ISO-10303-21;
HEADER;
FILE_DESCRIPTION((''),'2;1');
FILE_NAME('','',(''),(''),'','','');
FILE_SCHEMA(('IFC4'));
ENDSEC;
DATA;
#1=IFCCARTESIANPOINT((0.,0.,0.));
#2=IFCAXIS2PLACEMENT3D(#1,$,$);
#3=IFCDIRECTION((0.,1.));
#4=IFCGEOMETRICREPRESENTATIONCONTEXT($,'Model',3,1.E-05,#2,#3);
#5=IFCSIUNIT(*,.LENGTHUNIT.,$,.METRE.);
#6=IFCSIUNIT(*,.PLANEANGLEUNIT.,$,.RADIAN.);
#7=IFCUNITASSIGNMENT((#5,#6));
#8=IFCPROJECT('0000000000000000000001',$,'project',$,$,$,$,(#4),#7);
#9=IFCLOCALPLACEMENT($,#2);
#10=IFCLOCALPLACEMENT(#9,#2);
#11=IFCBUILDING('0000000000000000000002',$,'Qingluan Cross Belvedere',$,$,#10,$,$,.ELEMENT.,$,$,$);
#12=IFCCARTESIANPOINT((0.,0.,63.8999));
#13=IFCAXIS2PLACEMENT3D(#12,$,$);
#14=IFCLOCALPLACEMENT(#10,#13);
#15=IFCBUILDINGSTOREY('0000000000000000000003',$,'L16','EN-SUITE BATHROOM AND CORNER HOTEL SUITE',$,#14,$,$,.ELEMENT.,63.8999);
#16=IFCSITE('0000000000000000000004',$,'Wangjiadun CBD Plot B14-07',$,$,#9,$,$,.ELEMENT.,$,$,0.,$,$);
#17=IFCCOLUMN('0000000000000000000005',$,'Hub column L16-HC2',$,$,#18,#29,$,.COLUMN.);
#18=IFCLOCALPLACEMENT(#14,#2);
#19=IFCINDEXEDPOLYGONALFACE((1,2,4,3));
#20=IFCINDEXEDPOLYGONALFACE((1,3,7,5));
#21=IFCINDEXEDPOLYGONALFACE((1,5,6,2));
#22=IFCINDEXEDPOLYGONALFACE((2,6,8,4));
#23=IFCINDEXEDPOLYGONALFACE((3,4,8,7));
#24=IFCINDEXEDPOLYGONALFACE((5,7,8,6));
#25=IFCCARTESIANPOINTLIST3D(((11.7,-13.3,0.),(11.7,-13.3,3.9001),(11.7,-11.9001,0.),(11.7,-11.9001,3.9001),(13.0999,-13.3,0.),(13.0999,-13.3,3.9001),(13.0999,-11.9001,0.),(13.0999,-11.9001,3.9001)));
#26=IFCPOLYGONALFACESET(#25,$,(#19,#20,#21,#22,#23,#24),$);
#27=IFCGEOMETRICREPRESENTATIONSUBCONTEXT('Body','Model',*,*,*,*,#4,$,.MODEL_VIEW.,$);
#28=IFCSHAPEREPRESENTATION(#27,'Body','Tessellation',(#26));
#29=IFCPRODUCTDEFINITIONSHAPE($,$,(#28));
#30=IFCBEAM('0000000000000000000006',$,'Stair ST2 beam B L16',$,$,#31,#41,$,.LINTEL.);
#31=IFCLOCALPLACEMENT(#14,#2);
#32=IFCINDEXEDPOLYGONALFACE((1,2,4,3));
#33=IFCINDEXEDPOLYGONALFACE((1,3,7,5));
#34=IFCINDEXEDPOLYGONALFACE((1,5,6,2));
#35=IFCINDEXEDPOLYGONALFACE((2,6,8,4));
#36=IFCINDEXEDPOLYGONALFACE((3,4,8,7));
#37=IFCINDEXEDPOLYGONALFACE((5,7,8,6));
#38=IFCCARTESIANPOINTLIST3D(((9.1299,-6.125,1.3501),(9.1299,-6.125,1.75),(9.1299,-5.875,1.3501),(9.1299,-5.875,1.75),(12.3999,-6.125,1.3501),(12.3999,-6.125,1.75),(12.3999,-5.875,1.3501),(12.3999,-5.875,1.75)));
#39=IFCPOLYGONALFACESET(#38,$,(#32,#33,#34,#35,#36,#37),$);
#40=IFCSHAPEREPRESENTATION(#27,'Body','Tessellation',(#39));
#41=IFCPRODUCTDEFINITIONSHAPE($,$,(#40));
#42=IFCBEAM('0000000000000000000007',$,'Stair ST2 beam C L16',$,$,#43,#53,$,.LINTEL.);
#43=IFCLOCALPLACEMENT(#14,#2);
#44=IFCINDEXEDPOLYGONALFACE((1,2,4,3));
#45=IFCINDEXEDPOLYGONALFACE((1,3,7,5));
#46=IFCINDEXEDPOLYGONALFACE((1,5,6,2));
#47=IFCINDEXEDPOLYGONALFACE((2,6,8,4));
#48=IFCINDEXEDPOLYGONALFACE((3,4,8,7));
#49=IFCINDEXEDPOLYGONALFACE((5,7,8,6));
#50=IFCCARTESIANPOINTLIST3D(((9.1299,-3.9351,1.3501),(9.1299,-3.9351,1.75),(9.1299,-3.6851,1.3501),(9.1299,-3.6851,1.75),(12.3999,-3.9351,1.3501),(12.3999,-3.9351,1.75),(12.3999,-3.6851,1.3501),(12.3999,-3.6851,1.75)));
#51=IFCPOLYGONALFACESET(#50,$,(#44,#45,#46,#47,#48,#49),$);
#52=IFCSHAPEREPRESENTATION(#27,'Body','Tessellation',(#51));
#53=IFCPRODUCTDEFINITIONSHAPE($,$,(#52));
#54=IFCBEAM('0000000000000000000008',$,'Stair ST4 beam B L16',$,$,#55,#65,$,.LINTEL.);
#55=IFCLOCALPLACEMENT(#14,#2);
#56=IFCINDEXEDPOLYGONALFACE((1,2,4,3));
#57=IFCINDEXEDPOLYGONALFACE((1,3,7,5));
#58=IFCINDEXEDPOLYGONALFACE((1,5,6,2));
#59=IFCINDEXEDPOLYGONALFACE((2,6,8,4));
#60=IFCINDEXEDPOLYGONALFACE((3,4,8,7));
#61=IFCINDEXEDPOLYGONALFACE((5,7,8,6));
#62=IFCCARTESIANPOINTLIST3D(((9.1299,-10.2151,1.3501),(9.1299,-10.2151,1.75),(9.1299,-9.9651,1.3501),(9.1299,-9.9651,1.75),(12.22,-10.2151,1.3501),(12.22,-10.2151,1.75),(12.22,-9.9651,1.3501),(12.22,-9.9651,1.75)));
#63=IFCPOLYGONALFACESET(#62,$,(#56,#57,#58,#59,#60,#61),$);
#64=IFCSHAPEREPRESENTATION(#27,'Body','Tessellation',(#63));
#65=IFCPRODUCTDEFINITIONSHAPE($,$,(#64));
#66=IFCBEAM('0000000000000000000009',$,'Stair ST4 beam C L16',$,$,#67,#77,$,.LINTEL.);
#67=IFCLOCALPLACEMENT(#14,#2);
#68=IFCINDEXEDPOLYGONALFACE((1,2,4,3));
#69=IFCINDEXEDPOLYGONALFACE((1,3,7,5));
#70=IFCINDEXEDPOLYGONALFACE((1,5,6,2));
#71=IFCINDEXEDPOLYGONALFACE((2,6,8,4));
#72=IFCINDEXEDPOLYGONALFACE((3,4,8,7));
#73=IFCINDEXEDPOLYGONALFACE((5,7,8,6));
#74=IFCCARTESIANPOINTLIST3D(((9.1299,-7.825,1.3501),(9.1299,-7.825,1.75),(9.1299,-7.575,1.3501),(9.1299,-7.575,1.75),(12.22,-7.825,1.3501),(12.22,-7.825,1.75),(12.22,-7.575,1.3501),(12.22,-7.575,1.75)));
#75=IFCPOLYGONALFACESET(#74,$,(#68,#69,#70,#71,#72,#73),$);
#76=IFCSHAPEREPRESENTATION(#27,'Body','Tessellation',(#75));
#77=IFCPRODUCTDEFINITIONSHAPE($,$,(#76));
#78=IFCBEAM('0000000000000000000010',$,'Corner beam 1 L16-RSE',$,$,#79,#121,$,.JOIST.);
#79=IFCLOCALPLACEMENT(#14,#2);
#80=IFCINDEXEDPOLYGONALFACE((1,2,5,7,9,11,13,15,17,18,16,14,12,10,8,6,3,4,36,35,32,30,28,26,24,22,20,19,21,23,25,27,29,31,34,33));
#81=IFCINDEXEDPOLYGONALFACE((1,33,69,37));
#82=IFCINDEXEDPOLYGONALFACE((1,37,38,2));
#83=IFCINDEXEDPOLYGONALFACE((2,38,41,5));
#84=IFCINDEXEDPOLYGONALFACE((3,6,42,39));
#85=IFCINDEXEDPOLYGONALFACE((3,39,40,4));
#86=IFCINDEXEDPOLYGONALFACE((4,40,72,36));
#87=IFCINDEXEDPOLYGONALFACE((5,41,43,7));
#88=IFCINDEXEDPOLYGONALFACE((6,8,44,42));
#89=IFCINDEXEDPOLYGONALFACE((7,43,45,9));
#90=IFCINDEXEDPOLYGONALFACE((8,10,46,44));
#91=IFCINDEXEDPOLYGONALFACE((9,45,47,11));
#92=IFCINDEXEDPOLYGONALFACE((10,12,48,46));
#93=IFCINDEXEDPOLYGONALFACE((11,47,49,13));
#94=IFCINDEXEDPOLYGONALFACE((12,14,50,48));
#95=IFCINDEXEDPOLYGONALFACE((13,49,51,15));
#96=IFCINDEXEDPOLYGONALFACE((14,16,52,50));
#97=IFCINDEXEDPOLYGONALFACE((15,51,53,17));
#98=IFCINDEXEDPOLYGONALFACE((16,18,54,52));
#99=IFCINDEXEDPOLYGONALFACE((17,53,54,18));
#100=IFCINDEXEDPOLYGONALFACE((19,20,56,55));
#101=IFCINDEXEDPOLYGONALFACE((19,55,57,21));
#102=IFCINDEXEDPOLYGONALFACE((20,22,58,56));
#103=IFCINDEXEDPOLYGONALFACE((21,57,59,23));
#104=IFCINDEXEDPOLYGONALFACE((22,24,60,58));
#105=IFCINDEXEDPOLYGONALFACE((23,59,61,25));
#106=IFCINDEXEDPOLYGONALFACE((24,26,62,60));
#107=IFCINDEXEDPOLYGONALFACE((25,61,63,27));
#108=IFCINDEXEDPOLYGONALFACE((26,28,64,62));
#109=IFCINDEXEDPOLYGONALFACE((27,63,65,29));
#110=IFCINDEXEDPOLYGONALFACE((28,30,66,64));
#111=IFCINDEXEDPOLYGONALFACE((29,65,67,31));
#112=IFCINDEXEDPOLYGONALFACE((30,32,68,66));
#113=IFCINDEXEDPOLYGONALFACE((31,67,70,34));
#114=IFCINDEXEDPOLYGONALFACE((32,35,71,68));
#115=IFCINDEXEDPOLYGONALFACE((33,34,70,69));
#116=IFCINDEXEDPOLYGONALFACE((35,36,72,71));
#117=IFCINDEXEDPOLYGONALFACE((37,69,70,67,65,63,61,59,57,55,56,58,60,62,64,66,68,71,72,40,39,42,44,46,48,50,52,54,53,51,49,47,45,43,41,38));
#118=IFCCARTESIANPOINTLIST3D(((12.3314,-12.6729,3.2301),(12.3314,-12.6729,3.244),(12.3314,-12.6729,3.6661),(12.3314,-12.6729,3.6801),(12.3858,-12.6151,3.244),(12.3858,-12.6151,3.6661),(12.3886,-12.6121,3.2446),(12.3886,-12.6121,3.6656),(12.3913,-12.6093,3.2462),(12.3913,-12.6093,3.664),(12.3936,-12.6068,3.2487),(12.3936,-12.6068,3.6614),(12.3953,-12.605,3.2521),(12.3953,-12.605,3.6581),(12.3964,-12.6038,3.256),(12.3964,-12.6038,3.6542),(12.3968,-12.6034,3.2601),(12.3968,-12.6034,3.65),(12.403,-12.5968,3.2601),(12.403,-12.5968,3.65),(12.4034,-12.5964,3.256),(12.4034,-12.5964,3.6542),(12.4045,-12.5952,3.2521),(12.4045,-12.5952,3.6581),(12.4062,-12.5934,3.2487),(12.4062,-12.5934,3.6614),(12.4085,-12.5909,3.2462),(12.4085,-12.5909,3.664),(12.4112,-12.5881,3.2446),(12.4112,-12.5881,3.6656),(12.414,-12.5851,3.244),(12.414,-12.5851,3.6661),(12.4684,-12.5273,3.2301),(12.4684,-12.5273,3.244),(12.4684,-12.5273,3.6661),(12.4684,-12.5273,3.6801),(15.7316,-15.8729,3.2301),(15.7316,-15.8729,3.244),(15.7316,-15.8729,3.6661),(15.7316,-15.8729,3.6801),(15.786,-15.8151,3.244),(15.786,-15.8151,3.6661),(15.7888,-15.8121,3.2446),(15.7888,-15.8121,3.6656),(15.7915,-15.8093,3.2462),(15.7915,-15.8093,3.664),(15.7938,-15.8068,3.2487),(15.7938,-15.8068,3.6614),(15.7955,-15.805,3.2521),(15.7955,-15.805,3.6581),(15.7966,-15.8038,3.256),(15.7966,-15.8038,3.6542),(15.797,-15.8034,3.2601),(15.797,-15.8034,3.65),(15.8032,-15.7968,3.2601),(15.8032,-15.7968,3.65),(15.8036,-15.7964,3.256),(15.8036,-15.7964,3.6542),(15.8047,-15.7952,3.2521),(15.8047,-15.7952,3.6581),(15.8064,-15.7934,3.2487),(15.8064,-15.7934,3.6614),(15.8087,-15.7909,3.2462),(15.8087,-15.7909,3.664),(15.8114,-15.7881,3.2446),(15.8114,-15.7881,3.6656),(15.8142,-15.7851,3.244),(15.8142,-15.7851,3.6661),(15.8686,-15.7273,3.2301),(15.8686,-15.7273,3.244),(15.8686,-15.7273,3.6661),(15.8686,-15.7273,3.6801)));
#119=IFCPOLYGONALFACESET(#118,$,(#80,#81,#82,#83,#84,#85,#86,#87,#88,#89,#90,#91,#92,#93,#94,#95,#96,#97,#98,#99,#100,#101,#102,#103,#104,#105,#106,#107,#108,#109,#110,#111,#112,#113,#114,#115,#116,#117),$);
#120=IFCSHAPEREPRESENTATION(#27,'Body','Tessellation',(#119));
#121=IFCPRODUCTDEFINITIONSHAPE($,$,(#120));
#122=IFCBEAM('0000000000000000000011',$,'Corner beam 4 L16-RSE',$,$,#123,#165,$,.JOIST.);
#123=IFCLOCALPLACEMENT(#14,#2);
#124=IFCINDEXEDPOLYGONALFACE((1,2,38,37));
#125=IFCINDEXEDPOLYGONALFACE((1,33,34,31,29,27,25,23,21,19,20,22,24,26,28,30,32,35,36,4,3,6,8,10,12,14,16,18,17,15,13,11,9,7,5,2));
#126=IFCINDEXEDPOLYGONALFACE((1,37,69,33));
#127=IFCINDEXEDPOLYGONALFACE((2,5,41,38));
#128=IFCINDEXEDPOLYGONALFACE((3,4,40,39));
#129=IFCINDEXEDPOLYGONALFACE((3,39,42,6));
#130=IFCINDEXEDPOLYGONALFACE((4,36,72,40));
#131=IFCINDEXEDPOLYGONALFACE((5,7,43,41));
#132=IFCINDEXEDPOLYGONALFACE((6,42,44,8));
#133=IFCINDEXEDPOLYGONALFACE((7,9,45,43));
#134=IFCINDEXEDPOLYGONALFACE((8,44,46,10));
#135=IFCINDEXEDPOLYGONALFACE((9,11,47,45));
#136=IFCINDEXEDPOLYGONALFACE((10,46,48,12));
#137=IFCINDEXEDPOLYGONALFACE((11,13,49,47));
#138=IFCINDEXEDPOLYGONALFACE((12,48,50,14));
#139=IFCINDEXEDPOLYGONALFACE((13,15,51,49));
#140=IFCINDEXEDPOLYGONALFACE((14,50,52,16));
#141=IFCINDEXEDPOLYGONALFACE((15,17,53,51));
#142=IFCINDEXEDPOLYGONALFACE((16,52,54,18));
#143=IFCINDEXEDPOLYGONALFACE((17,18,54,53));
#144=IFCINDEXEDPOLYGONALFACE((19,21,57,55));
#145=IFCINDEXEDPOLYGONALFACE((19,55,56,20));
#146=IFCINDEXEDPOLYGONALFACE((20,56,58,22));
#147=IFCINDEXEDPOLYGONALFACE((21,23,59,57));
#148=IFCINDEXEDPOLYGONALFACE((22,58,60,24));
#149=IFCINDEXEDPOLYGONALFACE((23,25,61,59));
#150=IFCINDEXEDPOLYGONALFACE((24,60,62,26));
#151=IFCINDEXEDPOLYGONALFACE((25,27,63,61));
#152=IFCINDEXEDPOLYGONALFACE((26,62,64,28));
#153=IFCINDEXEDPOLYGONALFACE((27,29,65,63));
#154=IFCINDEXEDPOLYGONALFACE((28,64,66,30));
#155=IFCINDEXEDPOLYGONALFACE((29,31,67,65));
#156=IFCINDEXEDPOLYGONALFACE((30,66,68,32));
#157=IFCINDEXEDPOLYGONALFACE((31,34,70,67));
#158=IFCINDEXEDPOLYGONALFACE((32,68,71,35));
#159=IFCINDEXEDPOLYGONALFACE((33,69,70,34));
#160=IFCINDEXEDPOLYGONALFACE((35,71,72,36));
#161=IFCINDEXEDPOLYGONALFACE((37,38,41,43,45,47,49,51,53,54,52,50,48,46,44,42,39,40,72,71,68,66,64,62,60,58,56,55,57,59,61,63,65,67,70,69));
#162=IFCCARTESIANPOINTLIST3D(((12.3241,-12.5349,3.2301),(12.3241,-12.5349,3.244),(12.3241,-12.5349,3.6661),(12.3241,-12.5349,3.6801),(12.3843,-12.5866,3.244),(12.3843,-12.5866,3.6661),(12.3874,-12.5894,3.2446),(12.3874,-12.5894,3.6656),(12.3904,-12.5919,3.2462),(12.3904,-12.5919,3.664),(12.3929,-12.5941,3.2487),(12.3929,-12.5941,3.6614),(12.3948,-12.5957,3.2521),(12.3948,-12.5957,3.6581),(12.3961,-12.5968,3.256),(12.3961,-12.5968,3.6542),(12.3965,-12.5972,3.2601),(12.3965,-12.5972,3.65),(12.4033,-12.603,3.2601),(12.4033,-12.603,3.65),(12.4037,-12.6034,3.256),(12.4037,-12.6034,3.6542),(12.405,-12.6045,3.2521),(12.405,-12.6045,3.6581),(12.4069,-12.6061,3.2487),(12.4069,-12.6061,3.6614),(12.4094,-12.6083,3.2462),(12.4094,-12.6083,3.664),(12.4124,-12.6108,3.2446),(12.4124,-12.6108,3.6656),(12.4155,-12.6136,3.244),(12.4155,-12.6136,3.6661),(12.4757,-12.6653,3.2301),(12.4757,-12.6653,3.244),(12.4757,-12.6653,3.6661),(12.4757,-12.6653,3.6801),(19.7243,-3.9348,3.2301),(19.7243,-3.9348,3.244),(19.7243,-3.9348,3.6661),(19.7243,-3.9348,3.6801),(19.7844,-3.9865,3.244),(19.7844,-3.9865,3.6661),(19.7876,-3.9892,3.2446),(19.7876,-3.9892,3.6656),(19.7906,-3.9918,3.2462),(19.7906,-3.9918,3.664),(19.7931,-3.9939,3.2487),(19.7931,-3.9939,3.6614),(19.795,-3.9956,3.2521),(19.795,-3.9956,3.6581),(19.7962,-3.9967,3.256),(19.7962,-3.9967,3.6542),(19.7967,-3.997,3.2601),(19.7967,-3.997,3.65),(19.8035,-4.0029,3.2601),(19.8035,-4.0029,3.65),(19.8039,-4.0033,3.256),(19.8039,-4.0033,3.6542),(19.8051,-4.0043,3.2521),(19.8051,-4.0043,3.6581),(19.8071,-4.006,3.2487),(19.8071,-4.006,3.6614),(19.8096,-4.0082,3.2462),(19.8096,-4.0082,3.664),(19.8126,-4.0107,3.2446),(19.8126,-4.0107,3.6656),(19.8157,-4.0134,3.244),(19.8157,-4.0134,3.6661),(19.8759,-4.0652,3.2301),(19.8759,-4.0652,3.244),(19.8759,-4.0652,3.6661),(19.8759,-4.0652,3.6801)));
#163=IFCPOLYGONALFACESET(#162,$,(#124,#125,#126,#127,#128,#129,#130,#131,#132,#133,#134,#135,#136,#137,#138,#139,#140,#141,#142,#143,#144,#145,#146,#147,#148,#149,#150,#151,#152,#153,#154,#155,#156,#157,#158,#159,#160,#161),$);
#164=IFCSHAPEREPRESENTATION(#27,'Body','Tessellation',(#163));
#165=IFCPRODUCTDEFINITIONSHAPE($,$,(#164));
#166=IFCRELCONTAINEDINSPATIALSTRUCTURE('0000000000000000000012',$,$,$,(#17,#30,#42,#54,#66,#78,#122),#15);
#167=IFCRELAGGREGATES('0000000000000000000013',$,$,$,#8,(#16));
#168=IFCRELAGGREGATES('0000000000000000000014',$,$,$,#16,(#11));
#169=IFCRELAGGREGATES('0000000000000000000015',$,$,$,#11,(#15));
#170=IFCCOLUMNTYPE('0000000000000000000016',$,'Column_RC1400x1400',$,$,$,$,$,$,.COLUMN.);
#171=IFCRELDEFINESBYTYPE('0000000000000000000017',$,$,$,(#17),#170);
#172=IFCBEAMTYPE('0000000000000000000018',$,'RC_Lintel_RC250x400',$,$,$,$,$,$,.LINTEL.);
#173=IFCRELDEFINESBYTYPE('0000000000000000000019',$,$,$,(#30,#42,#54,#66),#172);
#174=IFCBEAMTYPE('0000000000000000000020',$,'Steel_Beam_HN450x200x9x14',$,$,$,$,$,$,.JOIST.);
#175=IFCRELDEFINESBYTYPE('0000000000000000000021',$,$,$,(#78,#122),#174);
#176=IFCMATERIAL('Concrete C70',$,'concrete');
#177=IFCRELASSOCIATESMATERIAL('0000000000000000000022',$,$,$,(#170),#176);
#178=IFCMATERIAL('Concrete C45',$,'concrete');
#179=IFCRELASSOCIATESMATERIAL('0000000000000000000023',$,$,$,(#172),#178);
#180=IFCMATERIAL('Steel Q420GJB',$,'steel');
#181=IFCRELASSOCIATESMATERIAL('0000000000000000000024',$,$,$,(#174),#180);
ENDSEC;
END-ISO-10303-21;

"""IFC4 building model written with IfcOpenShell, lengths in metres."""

from ifc_helpers import new_model, si_unit, direction, frame, origin, origin_2d, place, context, subcontext, project, spatial, rectangle, i_section, extrude, material, material_profile, profile_set, type_object, element, save


model = new_model("IFC4")

# Units and contexts
model_context = context("Model", 3, precision=1e-05, world=origin(), true_north=direction((0.0, 1.0)))
body_context = subcontext(model_context, "Body", "Model", "MODEL_VIEW")
ifc_project = project(units=[si_unit("LENGTHUNIT", "METRE"), si_unit("PLANEANGLEUNIT", "RADIAN")], contexts=[model_context])

# Site, building, storey
site_placement = place(None, origin())
site = spatial("IfcSite", under=ifc_project, at=site_placement, Name="Wangjiadun CBD Plot B14-07", CompositionType="ELEMENT", RefElevation=0.0)
building_placement = place(site_placement, origin())
building = spatial("IfcBuilding", under=site, at=building_placement, Name="Qingluan Cross Belvedere", CompositionType="ELEMENT")
storey_placement = place(building_placement, frame((0.0, 0.0, 63.8999)))
storey = spatial("IfcBuildingStorey", under=building, at=storey_placement, Name="L16", Description="EN-SUITE BATHROOM AND CORNER HOTEL SUITE", CompositionType="ELEMENT", Elevation=63.8999)

# Column
ifc_material_1 = material(Name="Concrete C70", Category="concrete")
ifc_material_profile_1 = material_profile(ifc_material_1, rectangle(XDim=1.3999, YDim=1.3999, at=origin_2d()), Name="RC1400x1400")
ifc_profile_set_1 = profile_set([ifc_material_profile_1], Name="Concrete C70")
column_type = type_object("IfcColumnType", Name="Column_RC1400x1400", PredefinedType="COLUMN", material=ifc_profile_set_1)
column_placement = place(storey_placement, frame((12.3999, -12.6001, 0.0), z_axis=(0.0, 0.0, 1.0), x_axis=(1.0, 0.0, 0.0)))
element("IfcColumn", 1, at=column_placement, inside=storey, type_object=column_type, Name="Hub column L16-HC2", PredefinedType="COLUMN", context=body_context, shape_type="SweptSolid", body=[
    extrude(rectangle(XDim=1.3999, YDim=1.3999, at=origin_2d()), origin(), (0.0, 0.0, 1.0), 3.9001),
])

# Beams
ifc_material_2 = material(Name="Concrete C45", Category="concrete")
ifc_material_profile_2 = material_profile(ifc_material_2, rectangle(XDim=0.25, YDim=0.3999, at=origin_2d()), Name="RC250x400")
ifc_profile_set_2 = profile_set([ifc_material_profile_2], Name="Concrete C45")
beam_type_1 = type_object("IfcBeamType", Name="RC_Lintel_RC250x400", PredefinedType="LINTEL", material=ifc_profile_set_2)
for number, where, z_axis, x_axis, name in (
    (2, (12.3999, -6.0, 1.55), (-1.0, 0.0, 0.0), (0.0, -1.0, 0.0), "Stair ST2 beam B L16"),
    (3, (12.3999, -3.8101, 1.55), (-1.0, 0.0, 0.0), (0.0, -1.0, 0.0), "Stair ST2 beam C L16"),
):
    element("IfcBeam", number, at=place(storey_placement, frame(where, z_axis=z_axis, x_axis=x_axis)), inside=storey, type_object=beam_type_1, Name=name, PredefinedType="LINTEL", context=body_context, shape_type="SweptSolid", body=[
        extrude(rectangle(XDim=0.25, YDim=0.3999, at=origin_2d()), origin(), (0.0, 0.0, 1.0), 3.27),
    ])
for number, where, z_axis, x_axis, name in (
    (4, (12.22, -10.0901, 1.55), (-1.0, 0.0, 0.0), (0.0, -1.0, 0.0), "Stair ST4 beam B L16"),
    (5, (12.22, -7.7, 1.55), (-1.0, 0.0, 0.0), (0.0, -1.0, 0.0), "Stair ST4 beam C L16"),
):
    element("IfcBeam", number, at=place(storey_placement, frame(where, z_axis=z_axis, x_axis=x_axis)), inside=storey, type_object=beam_type_1, Name=name, PredefinedType="LINTEL", context=body_context, shape_type="SweptSolid", body=[
        extrude(rectangle(XDim=0.25, YDim=0.3999, at=origin_2d()), origin(), (0.0, 0.0, 1.0), 3.0901),
    ])
ifc_material_3 = material(Name="Steel Q420GJB", Category="steel")
ifc_material_profile_3 = material_profile(ifc_material_3, i_section(OverallWidth=0.2, OverallDepth=0.45, WebThickness=0.009, FlangeThickness=0.0139, FilletRadius=0.0161, at=origin_2d()), Name="HN450x200x9x14")
ifc_profile_set_3 = profile_set([ifc_material_profile_3], Name="Steel Q420GJB")
beam_type_2 = type_object("IfcBeamType", Name="Steel_Beam_HN450x200x9x14", PredefinedType="JOIST", material=ifc_profile_set_3)
beam_1_placement = place(storey_placement, frame((12.3999, -12.6001, 3.4551), z_axis=(0.72822, -0.685343, 0.0), x_axis=(0.685343, 0.72822, 0.0)))
element("IfcBeam", 6, at=beam_1_placement, inside=storey, type_object=beam_type_2, Name="Corner beam 1 L16-RSE", PredefinedType="JOIST", context=body_context, shape_type="SweptSolid", body=[
    extrude(i_section(OverallWidth=0.2, OverallDepth=0.45, WebThickness=0.009, FlangeThickness=0.0139, FilletRadius=0.0161, at=origin_2d()), origin(), (0.0, 0.0, 1.0), 4.6692),
])
beam_2_placement = place(storey_placement, frame((12.3999, -12.6001, 3.4551), z_axis=(0.652245, 0.758008, 0.0), x_axis=(-0.758008, 0.652245, 0.0)))
element("IfcBeam", 7, at=beam_2_placement, inside=storey, type_object=beam_type_2, Name="Corner beam 4 L16-RSE", PredefinedType="JOIST", context=body_context, shape_type="SweptSolid", body=[
    extrude(i_section(OverallWidth=0.2, OverallDepth=0.45, WebThickness=0.009, FlangeThickness=0.0139, FilletRadius=0.0161, at=origin_2d()), origin(), (0.0, 0.0, 1.0), 11.3457),
])

save(model, "model.ifc")
